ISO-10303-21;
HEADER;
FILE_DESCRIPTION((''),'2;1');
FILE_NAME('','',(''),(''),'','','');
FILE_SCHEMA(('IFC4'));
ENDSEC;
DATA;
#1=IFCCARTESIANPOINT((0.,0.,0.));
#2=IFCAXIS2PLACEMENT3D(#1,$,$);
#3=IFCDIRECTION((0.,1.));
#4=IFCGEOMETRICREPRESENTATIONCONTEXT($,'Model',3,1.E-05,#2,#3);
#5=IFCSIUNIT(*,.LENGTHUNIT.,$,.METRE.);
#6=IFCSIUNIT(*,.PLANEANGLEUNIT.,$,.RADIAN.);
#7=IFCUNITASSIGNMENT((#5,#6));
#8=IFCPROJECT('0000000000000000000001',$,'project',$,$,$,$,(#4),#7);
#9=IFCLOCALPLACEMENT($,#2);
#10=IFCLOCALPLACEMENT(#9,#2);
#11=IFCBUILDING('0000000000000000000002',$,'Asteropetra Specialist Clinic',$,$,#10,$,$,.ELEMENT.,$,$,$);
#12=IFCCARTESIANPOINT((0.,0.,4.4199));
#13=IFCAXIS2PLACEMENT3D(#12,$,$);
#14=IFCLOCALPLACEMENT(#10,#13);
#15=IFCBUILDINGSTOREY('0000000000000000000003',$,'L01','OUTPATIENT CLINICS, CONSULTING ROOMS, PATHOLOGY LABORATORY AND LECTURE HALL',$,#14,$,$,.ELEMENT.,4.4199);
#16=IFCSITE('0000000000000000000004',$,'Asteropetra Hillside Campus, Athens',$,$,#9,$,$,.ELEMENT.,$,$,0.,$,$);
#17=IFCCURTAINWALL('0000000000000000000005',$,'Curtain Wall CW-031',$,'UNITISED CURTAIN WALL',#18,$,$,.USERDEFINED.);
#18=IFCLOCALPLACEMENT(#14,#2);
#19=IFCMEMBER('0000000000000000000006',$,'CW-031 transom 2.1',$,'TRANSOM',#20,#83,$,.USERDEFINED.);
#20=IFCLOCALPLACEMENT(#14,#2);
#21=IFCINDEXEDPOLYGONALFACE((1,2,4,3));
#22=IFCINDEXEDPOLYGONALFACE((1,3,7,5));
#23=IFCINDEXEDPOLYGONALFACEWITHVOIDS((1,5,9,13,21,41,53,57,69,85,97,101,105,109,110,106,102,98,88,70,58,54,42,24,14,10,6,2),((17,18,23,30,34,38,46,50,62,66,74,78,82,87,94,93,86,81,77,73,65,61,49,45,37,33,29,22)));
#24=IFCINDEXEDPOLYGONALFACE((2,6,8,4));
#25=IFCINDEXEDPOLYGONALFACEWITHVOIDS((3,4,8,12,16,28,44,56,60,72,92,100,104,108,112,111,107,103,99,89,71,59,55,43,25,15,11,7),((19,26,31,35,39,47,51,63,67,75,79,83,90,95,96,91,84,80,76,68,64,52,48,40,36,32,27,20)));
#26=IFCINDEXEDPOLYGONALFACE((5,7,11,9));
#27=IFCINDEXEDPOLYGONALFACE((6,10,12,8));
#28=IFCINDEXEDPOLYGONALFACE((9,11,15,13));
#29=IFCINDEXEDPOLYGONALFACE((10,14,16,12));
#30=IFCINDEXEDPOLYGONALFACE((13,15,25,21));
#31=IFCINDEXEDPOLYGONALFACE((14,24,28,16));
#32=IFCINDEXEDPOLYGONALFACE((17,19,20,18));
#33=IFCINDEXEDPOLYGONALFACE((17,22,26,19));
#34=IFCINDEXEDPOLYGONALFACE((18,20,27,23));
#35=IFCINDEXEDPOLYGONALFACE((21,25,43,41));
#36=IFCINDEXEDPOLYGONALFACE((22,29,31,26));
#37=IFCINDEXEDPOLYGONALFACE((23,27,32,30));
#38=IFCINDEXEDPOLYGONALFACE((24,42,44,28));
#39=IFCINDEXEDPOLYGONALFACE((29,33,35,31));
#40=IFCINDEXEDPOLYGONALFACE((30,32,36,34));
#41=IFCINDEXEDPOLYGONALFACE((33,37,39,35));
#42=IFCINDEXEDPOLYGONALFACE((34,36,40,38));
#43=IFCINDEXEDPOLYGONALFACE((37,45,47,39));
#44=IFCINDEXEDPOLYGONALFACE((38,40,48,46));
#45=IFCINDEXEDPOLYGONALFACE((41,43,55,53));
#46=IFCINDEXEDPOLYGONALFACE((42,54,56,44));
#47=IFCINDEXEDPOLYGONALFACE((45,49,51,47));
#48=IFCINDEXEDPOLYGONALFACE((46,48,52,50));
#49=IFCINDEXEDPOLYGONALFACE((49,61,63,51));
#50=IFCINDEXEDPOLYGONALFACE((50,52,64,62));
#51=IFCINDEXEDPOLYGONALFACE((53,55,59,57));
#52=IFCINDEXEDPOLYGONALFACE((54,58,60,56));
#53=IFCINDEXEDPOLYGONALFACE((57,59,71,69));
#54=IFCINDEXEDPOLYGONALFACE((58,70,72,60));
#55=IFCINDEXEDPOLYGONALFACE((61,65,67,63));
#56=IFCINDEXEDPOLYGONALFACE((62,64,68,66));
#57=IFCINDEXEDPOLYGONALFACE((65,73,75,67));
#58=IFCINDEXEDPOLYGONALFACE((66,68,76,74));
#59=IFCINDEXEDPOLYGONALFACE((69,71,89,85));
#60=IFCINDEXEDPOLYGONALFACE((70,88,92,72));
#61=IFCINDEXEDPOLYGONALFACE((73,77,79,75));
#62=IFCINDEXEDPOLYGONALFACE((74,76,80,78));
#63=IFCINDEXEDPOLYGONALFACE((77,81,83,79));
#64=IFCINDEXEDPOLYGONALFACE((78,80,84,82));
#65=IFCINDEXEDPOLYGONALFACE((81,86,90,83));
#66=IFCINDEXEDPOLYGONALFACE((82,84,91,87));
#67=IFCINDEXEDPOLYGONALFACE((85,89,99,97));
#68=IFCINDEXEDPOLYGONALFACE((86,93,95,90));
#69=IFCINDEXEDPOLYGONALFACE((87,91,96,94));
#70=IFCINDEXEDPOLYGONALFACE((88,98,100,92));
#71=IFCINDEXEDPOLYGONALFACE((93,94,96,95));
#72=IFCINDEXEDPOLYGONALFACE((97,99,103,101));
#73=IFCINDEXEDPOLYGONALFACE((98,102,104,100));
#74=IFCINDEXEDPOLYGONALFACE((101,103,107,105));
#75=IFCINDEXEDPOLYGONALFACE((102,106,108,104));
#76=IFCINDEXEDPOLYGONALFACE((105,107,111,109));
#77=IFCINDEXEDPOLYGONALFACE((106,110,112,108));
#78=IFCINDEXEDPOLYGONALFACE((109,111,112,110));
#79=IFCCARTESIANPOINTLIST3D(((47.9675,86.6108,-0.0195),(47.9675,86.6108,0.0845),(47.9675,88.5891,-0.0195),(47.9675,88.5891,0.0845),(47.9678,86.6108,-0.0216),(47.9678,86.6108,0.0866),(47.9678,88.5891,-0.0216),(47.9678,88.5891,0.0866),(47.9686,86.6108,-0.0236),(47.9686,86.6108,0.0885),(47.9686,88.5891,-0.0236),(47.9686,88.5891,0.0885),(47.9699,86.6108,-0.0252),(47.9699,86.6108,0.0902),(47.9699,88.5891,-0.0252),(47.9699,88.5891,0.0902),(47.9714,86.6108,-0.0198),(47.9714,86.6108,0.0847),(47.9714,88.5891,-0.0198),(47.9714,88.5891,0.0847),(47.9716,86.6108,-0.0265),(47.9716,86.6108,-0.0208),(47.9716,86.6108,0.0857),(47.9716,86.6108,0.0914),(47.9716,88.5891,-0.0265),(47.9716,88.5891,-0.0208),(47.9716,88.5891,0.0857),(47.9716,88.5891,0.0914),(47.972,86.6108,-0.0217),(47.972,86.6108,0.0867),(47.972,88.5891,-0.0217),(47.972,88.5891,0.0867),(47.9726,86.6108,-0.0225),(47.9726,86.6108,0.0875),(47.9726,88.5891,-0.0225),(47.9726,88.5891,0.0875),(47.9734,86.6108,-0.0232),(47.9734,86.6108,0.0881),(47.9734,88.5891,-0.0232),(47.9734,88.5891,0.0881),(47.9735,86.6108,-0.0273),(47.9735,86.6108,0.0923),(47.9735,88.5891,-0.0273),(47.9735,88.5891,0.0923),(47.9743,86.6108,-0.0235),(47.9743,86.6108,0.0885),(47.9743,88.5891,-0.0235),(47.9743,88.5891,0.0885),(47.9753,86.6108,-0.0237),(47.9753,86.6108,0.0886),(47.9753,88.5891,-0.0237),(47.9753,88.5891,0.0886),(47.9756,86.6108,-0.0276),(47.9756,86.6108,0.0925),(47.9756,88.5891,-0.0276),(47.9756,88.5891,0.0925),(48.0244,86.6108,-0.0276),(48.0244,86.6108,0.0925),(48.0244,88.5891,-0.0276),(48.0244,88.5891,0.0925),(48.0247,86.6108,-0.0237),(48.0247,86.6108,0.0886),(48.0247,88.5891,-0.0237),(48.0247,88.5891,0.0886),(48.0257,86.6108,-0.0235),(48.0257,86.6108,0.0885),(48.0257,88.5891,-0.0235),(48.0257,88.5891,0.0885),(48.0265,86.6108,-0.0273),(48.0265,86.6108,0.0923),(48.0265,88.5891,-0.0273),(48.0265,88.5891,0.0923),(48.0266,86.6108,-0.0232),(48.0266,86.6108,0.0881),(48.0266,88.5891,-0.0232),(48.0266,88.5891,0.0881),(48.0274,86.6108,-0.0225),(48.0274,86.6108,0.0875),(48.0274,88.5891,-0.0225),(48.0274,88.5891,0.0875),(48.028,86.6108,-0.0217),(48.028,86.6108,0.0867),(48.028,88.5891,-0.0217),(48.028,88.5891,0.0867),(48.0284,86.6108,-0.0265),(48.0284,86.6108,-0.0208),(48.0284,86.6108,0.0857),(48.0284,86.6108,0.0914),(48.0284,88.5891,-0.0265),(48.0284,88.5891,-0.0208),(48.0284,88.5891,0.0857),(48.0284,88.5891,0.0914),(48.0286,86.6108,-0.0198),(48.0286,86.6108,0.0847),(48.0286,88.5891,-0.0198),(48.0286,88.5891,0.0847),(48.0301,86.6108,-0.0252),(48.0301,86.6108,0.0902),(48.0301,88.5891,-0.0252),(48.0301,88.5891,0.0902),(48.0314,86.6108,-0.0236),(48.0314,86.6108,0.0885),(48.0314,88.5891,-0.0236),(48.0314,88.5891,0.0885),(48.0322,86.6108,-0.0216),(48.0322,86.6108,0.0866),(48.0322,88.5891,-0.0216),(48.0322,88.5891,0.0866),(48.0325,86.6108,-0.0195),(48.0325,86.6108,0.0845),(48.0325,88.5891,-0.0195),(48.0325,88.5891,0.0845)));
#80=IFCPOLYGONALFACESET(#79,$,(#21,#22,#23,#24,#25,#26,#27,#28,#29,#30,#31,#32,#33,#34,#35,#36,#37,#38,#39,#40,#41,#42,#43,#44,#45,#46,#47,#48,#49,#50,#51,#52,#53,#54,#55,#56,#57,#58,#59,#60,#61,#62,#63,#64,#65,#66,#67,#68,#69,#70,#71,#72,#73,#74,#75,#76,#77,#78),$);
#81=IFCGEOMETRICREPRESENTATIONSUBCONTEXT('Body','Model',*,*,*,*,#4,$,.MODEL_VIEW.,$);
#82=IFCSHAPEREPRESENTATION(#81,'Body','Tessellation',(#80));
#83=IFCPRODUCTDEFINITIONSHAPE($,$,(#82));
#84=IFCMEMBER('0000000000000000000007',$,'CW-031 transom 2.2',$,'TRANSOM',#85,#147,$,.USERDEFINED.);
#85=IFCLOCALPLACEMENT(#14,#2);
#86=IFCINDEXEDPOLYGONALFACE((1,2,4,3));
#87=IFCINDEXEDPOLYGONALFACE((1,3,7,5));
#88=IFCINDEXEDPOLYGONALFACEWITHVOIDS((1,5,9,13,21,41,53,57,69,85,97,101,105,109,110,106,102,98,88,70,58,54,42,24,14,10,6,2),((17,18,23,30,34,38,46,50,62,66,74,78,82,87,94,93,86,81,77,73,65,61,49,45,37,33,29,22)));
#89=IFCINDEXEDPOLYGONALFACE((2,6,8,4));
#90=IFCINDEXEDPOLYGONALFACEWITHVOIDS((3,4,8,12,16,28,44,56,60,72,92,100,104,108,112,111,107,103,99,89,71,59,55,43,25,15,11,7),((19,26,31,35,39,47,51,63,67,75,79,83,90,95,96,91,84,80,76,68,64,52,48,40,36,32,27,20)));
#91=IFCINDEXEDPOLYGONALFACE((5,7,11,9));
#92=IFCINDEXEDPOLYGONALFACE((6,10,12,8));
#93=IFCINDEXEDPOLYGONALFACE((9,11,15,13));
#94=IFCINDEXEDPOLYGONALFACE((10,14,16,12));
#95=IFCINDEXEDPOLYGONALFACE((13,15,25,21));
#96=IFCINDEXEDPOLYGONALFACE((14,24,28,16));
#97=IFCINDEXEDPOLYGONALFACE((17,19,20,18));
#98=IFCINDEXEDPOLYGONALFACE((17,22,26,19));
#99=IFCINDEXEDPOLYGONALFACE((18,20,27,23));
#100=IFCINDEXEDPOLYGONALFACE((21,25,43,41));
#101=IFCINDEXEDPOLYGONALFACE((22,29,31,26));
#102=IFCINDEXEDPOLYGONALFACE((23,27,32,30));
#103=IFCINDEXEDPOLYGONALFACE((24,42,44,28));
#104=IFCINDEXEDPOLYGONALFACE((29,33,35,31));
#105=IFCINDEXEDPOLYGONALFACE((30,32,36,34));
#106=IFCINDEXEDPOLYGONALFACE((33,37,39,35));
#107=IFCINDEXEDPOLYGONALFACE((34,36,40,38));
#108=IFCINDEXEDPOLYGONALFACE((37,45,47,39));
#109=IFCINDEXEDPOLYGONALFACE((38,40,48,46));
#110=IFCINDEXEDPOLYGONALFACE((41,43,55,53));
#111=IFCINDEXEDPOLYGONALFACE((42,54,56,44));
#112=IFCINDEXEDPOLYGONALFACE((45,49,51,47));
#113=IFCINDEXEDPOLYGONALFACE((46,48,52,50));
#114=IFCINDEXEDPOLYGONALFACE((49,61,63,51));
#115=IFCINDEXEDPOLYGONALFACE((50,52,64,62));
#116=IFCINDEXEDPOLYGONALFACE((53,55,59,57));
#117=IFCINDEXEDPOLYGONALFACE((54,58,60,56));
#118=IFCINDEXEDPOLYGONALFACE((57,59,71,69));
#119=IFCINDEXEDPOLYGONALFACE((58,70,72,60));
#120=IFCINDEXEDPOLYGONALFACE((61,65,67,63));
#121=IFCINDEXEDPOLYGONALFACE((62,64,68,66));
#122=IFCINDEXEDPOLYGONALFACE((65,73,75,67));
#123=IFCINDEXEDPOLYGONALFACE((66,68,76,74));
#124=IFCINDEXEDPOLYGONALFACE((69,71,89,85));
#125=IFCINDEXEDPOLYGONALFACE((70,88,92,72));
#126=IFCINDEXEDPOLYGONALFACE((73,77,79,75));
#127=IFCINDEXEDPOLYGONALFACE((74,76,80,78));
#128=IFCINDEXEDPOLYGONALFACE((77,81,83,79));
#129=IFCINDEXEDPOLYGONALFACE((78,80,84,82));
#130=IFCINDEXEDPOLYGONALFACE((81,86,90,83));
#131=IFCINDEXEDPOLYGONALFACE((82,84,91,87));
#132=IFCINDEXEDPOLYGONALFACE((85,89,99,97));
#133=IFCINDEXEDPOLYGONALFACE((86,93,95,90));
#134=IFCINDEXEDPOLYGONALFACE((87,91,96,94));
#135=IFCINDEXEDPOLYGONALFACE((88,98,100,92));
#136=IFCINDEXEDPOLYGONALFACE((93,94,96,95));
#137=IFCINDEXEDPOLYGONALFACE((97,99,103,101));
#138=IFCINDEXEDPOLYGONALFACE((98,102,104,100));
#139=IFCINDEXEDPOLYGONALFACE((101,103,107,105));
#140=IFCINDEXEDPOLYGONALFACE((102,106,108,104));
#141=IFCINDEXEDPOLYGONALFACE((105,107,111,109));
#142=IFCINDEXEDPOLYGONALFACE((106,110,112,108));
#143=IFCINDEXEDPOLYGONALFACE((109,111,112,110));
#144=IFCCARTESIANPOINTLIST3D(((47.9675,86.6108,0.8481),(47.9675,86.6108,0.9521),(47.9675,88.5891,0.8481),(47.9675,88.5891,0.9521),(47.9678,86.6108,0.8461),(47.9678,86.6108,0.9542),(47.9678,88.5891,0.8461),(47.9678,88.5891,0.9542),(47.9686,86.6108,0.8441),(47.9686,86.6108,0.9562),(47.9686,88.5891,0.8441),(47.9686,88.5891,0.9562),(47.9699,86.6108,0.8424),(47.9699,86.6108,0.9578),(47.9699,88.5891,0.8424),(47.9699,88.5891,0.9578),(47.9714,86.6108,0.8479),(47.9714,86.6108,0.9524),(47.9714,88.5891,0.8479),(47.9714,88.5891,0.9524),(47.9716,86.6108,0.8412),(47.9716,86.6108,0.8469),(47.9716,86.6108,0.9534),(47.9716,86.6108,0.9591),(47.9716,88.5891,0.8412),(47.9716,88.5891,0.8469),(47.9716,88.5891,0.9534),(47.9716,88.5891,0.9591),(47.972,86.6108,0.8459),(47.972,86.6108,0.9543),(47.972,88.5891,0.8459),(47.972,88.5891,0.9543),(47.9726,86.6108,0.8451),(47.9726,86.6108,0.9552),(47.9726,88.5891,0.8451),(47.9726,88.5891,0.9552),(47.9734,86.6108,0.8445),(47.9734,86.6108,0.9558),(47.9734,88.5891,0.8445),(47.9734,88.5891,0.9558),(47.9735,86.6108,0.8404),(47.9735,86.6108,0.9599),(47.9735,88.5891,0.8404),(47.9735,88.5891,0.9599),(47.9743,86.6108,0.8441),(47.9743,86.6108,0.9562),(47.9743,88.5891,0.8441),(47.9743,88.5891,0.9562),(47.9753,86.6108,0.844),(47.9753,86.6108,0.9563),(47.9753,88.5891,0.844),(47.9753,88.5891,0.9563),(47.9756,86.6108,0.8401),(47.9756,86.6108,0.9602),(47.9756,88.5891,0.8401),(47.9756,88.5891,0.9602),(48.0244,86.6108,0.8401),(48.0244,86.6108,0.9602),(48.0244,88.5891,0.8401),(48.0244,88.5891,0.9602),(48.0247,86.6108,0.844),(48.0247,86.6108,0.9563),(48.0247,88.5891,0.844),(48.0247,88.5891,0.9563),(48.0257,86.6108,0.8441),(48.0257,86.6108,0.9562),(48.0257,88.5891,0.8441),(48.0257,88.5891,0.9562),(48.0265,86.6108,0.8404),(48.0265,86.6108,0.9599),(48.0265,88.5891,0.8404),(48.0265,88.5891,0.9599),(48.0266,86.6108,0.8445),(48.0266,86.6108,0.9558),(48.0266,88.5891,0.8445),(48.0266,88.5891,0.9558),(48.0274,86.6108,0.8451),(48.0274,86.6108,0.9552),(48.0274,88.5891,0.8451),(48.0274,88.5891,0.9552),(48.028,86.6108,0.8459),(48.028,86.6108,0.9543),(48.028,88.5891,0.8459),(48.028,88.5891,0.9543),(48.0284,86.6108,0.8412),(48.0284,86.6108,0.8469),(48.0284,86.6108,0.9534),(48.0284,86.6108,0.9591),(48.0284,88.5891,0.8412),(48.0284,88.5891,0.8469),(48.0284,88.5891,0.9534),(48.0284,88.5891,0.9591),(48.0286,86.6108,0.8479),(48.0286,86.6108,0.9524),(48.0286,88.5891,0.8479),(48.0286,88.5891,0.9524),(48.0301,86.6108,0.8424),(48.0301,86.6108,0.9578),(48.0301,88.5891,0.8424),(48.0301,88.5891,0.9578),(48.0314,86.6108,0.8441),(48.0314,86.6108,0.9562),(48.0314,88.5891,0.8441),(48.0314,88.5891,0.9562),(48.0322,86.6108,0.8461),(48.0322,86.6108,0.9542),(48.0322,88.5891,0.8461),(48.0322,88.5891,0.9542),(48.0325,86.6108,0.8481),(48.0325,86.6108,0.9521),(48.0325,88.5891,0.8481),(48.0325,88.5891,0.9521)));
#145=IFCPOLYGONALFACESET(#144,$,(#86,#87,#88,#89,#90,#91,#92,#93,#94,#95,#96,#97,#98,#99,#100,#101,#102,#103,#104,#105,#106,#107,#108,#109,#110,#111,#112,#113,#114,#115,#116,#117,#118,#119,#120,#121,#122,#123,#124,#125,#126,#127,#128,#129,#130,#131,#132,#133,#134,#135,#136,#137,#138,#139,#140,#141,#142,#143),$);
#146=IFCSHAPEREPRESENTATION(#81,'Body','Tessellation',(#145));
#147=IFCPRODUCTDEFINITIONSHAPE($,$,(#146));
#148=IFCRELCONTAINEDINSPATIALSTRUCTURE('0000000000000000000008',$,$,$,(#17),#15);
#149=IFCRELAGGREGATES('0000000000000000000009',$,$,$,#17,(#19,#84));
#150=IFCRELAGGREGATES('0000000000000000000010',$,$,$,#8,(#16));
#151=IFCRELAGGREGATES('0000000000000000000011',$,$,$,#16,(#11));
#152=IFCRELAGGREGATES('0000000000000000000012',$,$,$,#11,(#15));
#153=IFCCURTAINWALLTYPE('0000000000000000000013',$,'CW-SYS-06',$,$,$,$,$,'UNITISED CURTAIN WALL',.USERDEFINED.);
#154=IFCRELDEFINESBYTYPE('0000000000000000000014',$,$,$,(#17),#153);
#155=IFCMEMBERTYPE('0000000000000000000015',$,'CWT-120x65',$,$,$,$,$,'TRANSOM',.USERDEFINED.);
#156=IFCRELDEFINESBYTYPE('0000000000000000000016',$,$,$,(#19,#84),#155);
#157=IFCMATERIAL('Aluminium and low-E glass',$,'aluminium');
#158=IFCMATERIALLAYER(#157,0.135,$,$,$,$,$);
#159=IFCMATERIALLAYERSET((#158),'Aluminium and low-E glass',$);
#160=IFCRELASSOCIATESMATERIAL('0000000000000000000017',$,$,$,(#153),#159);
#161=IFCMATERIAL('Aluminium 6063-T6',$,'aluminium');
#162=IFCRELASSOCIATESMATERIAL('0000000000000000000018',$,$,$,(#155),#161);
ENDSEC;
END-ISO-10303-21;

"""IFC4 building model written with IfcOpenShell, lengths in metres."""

from ifc_helpers import new_model, si_unit, direction, frame, origin, origin_2d, place, context, subcontext, project, spatial, hollow_rectangle, extrude, material, layer, layer_set, material_profile, profile_set, type_object, element, aggregate, save


model = new_model("IFC4")

# Units and contexts
model_context = context("Model", 3, precision=1e-05, world=origin(), true_north=direction((0.0, 1.0)))
body_context = subcontext(model_context, "Body", "Model", "MODEL_VIEW")
ifc_project = project(units=[si_unit("LENGTHUNIT", "METRE"), si_unit("PLANEANGLEUNIT", "RADIAN")], contexts=[model_context])

# Site, building, storey
site_placement = place(None, origin())
site = spatial("IfcSite", under=ifc_project, at=site_placement, Name="Asteropetra Hillside Campus, Athens", CompositionType="ELEMENT", RefElevation=0.0)
building_placement = place(site_placement, origin())
building = spatial("IfcBuilding", under=site, at=building_placement, Name="Asteropetra Specialist Clinic", CompositionType="ELEMENT")
storey_placement = place(building_placement, frame((0.0, 0.0, 4.4199)))
storey = spatial("IfcBuildingStorey", under=building, at=storey_placement, Name="L01", Description="OUTPATIENT CLINICS, CONSULTING ROOMS, PATHOLOGY LABORATORY AND LECTURE HALL", CompositionType="ELEMENT", Elevation=4.4199)

# Curtain wall, members
ifc_material_1 = material(Name="Aluminium and low-E glass", Category="aluminium")
ifc_layer_1 = layer(ifc_material_1, 0.135)
ifc_layer_set_1 = layer_set([ifc_layer_1], Name="Aluminium and low-E glass")
curtain_wall_type = type_object("IfcCurtainWallType", Name="CW-SYS-06", ElementType="UNITISED CURTAIN WALL", PredefinedType="USERDEFINED", material=ifc_layer_set_1)
curtain_wall_placement = place(storey_placement, origin())
curtain_wall = element("IfcCurtainWall", 1, at=curtain_wall_placement, inside=storey, type_object=curtain_wall_type, Name="Curtain Wall CW-031", ObjectType="UNITISED CURTAIN WALL", PredefinedType="USERDEFINED")
ifc_material_2 = material(Name="Aluminium 6063-T6", Category="aluminium")
ifc_material_profile_1 = material_profile(ifc_material_2, hollow_rectangle(XDim=0.0649, YDim=0.1201, WallThickness=0.0039, InnerFilletRadius=0.0039, OuterFilletRadius=0.0081, at=origin_2d()), Name="TRN 120x65x4.0")
ifc_profile_set_1 = profile_set([ifc_material_profile_1], Name="Aluminium 6063-T6")
member_type_1 = type_object("IfcMemberType", Name="CWT-120x65", ElementType="TRANSOM", PredefinedType="USERDEFINED", material=ifc_profile_set_1)
member_1_placement = place(storey_placement, frame((48.0, 88.5891, 0.0325), z_axis=(0.0, -1.0, 0.0), x_axis=(1.0, 0.0, 0.0)))
member_1 = element("IfcMember", 2, at=member_1_placement, type_object=member_type_1, Name="CW-031 transom 2.1", ObjectType="TRANSOM", PredefinedType="USERDEFINED", context=body_context, shape_type="SweptSolid", body=[
    extrude(hollow_rectangle(XDim=0.0649, YDim=0.1201, WallThickness=0.0039, InnerFilletRadius=0.0039, OuterFilletRadius=0.0081, at=origin_2d()), origin(), (0.0, 0.0, 1.0), 1.9783),
])
member_2_placement = place(storey_placement, frame((48.0, 88.5891, 0.9001), z_axis=(0.0, -1.0, 0.0), x_axis=(1.0, 0.0, 0.0)))
member_2 = element("IfcMember", 3, at=member_2_placement, type_object=member_type_1, Name="CW-031 transom 2.2", ObjectType="TRANSOM", PredefinedType="USERDEFINED", context=body_context, shape_type="SweptSolid", body=[
    extrude(hollow_rectangle(XDim=0.0649, YDim=0.1201, WallThickness=0.0039, InnerFilletRadius=0.0039, OuterFilletRadius=0.0081, at=origin_2d()), origin(), (0.0, 0.0, 1.0), 1.9783),
])

aggregate(curtain_wall, [member_1, member_2])

save(model, "model.ifc")
